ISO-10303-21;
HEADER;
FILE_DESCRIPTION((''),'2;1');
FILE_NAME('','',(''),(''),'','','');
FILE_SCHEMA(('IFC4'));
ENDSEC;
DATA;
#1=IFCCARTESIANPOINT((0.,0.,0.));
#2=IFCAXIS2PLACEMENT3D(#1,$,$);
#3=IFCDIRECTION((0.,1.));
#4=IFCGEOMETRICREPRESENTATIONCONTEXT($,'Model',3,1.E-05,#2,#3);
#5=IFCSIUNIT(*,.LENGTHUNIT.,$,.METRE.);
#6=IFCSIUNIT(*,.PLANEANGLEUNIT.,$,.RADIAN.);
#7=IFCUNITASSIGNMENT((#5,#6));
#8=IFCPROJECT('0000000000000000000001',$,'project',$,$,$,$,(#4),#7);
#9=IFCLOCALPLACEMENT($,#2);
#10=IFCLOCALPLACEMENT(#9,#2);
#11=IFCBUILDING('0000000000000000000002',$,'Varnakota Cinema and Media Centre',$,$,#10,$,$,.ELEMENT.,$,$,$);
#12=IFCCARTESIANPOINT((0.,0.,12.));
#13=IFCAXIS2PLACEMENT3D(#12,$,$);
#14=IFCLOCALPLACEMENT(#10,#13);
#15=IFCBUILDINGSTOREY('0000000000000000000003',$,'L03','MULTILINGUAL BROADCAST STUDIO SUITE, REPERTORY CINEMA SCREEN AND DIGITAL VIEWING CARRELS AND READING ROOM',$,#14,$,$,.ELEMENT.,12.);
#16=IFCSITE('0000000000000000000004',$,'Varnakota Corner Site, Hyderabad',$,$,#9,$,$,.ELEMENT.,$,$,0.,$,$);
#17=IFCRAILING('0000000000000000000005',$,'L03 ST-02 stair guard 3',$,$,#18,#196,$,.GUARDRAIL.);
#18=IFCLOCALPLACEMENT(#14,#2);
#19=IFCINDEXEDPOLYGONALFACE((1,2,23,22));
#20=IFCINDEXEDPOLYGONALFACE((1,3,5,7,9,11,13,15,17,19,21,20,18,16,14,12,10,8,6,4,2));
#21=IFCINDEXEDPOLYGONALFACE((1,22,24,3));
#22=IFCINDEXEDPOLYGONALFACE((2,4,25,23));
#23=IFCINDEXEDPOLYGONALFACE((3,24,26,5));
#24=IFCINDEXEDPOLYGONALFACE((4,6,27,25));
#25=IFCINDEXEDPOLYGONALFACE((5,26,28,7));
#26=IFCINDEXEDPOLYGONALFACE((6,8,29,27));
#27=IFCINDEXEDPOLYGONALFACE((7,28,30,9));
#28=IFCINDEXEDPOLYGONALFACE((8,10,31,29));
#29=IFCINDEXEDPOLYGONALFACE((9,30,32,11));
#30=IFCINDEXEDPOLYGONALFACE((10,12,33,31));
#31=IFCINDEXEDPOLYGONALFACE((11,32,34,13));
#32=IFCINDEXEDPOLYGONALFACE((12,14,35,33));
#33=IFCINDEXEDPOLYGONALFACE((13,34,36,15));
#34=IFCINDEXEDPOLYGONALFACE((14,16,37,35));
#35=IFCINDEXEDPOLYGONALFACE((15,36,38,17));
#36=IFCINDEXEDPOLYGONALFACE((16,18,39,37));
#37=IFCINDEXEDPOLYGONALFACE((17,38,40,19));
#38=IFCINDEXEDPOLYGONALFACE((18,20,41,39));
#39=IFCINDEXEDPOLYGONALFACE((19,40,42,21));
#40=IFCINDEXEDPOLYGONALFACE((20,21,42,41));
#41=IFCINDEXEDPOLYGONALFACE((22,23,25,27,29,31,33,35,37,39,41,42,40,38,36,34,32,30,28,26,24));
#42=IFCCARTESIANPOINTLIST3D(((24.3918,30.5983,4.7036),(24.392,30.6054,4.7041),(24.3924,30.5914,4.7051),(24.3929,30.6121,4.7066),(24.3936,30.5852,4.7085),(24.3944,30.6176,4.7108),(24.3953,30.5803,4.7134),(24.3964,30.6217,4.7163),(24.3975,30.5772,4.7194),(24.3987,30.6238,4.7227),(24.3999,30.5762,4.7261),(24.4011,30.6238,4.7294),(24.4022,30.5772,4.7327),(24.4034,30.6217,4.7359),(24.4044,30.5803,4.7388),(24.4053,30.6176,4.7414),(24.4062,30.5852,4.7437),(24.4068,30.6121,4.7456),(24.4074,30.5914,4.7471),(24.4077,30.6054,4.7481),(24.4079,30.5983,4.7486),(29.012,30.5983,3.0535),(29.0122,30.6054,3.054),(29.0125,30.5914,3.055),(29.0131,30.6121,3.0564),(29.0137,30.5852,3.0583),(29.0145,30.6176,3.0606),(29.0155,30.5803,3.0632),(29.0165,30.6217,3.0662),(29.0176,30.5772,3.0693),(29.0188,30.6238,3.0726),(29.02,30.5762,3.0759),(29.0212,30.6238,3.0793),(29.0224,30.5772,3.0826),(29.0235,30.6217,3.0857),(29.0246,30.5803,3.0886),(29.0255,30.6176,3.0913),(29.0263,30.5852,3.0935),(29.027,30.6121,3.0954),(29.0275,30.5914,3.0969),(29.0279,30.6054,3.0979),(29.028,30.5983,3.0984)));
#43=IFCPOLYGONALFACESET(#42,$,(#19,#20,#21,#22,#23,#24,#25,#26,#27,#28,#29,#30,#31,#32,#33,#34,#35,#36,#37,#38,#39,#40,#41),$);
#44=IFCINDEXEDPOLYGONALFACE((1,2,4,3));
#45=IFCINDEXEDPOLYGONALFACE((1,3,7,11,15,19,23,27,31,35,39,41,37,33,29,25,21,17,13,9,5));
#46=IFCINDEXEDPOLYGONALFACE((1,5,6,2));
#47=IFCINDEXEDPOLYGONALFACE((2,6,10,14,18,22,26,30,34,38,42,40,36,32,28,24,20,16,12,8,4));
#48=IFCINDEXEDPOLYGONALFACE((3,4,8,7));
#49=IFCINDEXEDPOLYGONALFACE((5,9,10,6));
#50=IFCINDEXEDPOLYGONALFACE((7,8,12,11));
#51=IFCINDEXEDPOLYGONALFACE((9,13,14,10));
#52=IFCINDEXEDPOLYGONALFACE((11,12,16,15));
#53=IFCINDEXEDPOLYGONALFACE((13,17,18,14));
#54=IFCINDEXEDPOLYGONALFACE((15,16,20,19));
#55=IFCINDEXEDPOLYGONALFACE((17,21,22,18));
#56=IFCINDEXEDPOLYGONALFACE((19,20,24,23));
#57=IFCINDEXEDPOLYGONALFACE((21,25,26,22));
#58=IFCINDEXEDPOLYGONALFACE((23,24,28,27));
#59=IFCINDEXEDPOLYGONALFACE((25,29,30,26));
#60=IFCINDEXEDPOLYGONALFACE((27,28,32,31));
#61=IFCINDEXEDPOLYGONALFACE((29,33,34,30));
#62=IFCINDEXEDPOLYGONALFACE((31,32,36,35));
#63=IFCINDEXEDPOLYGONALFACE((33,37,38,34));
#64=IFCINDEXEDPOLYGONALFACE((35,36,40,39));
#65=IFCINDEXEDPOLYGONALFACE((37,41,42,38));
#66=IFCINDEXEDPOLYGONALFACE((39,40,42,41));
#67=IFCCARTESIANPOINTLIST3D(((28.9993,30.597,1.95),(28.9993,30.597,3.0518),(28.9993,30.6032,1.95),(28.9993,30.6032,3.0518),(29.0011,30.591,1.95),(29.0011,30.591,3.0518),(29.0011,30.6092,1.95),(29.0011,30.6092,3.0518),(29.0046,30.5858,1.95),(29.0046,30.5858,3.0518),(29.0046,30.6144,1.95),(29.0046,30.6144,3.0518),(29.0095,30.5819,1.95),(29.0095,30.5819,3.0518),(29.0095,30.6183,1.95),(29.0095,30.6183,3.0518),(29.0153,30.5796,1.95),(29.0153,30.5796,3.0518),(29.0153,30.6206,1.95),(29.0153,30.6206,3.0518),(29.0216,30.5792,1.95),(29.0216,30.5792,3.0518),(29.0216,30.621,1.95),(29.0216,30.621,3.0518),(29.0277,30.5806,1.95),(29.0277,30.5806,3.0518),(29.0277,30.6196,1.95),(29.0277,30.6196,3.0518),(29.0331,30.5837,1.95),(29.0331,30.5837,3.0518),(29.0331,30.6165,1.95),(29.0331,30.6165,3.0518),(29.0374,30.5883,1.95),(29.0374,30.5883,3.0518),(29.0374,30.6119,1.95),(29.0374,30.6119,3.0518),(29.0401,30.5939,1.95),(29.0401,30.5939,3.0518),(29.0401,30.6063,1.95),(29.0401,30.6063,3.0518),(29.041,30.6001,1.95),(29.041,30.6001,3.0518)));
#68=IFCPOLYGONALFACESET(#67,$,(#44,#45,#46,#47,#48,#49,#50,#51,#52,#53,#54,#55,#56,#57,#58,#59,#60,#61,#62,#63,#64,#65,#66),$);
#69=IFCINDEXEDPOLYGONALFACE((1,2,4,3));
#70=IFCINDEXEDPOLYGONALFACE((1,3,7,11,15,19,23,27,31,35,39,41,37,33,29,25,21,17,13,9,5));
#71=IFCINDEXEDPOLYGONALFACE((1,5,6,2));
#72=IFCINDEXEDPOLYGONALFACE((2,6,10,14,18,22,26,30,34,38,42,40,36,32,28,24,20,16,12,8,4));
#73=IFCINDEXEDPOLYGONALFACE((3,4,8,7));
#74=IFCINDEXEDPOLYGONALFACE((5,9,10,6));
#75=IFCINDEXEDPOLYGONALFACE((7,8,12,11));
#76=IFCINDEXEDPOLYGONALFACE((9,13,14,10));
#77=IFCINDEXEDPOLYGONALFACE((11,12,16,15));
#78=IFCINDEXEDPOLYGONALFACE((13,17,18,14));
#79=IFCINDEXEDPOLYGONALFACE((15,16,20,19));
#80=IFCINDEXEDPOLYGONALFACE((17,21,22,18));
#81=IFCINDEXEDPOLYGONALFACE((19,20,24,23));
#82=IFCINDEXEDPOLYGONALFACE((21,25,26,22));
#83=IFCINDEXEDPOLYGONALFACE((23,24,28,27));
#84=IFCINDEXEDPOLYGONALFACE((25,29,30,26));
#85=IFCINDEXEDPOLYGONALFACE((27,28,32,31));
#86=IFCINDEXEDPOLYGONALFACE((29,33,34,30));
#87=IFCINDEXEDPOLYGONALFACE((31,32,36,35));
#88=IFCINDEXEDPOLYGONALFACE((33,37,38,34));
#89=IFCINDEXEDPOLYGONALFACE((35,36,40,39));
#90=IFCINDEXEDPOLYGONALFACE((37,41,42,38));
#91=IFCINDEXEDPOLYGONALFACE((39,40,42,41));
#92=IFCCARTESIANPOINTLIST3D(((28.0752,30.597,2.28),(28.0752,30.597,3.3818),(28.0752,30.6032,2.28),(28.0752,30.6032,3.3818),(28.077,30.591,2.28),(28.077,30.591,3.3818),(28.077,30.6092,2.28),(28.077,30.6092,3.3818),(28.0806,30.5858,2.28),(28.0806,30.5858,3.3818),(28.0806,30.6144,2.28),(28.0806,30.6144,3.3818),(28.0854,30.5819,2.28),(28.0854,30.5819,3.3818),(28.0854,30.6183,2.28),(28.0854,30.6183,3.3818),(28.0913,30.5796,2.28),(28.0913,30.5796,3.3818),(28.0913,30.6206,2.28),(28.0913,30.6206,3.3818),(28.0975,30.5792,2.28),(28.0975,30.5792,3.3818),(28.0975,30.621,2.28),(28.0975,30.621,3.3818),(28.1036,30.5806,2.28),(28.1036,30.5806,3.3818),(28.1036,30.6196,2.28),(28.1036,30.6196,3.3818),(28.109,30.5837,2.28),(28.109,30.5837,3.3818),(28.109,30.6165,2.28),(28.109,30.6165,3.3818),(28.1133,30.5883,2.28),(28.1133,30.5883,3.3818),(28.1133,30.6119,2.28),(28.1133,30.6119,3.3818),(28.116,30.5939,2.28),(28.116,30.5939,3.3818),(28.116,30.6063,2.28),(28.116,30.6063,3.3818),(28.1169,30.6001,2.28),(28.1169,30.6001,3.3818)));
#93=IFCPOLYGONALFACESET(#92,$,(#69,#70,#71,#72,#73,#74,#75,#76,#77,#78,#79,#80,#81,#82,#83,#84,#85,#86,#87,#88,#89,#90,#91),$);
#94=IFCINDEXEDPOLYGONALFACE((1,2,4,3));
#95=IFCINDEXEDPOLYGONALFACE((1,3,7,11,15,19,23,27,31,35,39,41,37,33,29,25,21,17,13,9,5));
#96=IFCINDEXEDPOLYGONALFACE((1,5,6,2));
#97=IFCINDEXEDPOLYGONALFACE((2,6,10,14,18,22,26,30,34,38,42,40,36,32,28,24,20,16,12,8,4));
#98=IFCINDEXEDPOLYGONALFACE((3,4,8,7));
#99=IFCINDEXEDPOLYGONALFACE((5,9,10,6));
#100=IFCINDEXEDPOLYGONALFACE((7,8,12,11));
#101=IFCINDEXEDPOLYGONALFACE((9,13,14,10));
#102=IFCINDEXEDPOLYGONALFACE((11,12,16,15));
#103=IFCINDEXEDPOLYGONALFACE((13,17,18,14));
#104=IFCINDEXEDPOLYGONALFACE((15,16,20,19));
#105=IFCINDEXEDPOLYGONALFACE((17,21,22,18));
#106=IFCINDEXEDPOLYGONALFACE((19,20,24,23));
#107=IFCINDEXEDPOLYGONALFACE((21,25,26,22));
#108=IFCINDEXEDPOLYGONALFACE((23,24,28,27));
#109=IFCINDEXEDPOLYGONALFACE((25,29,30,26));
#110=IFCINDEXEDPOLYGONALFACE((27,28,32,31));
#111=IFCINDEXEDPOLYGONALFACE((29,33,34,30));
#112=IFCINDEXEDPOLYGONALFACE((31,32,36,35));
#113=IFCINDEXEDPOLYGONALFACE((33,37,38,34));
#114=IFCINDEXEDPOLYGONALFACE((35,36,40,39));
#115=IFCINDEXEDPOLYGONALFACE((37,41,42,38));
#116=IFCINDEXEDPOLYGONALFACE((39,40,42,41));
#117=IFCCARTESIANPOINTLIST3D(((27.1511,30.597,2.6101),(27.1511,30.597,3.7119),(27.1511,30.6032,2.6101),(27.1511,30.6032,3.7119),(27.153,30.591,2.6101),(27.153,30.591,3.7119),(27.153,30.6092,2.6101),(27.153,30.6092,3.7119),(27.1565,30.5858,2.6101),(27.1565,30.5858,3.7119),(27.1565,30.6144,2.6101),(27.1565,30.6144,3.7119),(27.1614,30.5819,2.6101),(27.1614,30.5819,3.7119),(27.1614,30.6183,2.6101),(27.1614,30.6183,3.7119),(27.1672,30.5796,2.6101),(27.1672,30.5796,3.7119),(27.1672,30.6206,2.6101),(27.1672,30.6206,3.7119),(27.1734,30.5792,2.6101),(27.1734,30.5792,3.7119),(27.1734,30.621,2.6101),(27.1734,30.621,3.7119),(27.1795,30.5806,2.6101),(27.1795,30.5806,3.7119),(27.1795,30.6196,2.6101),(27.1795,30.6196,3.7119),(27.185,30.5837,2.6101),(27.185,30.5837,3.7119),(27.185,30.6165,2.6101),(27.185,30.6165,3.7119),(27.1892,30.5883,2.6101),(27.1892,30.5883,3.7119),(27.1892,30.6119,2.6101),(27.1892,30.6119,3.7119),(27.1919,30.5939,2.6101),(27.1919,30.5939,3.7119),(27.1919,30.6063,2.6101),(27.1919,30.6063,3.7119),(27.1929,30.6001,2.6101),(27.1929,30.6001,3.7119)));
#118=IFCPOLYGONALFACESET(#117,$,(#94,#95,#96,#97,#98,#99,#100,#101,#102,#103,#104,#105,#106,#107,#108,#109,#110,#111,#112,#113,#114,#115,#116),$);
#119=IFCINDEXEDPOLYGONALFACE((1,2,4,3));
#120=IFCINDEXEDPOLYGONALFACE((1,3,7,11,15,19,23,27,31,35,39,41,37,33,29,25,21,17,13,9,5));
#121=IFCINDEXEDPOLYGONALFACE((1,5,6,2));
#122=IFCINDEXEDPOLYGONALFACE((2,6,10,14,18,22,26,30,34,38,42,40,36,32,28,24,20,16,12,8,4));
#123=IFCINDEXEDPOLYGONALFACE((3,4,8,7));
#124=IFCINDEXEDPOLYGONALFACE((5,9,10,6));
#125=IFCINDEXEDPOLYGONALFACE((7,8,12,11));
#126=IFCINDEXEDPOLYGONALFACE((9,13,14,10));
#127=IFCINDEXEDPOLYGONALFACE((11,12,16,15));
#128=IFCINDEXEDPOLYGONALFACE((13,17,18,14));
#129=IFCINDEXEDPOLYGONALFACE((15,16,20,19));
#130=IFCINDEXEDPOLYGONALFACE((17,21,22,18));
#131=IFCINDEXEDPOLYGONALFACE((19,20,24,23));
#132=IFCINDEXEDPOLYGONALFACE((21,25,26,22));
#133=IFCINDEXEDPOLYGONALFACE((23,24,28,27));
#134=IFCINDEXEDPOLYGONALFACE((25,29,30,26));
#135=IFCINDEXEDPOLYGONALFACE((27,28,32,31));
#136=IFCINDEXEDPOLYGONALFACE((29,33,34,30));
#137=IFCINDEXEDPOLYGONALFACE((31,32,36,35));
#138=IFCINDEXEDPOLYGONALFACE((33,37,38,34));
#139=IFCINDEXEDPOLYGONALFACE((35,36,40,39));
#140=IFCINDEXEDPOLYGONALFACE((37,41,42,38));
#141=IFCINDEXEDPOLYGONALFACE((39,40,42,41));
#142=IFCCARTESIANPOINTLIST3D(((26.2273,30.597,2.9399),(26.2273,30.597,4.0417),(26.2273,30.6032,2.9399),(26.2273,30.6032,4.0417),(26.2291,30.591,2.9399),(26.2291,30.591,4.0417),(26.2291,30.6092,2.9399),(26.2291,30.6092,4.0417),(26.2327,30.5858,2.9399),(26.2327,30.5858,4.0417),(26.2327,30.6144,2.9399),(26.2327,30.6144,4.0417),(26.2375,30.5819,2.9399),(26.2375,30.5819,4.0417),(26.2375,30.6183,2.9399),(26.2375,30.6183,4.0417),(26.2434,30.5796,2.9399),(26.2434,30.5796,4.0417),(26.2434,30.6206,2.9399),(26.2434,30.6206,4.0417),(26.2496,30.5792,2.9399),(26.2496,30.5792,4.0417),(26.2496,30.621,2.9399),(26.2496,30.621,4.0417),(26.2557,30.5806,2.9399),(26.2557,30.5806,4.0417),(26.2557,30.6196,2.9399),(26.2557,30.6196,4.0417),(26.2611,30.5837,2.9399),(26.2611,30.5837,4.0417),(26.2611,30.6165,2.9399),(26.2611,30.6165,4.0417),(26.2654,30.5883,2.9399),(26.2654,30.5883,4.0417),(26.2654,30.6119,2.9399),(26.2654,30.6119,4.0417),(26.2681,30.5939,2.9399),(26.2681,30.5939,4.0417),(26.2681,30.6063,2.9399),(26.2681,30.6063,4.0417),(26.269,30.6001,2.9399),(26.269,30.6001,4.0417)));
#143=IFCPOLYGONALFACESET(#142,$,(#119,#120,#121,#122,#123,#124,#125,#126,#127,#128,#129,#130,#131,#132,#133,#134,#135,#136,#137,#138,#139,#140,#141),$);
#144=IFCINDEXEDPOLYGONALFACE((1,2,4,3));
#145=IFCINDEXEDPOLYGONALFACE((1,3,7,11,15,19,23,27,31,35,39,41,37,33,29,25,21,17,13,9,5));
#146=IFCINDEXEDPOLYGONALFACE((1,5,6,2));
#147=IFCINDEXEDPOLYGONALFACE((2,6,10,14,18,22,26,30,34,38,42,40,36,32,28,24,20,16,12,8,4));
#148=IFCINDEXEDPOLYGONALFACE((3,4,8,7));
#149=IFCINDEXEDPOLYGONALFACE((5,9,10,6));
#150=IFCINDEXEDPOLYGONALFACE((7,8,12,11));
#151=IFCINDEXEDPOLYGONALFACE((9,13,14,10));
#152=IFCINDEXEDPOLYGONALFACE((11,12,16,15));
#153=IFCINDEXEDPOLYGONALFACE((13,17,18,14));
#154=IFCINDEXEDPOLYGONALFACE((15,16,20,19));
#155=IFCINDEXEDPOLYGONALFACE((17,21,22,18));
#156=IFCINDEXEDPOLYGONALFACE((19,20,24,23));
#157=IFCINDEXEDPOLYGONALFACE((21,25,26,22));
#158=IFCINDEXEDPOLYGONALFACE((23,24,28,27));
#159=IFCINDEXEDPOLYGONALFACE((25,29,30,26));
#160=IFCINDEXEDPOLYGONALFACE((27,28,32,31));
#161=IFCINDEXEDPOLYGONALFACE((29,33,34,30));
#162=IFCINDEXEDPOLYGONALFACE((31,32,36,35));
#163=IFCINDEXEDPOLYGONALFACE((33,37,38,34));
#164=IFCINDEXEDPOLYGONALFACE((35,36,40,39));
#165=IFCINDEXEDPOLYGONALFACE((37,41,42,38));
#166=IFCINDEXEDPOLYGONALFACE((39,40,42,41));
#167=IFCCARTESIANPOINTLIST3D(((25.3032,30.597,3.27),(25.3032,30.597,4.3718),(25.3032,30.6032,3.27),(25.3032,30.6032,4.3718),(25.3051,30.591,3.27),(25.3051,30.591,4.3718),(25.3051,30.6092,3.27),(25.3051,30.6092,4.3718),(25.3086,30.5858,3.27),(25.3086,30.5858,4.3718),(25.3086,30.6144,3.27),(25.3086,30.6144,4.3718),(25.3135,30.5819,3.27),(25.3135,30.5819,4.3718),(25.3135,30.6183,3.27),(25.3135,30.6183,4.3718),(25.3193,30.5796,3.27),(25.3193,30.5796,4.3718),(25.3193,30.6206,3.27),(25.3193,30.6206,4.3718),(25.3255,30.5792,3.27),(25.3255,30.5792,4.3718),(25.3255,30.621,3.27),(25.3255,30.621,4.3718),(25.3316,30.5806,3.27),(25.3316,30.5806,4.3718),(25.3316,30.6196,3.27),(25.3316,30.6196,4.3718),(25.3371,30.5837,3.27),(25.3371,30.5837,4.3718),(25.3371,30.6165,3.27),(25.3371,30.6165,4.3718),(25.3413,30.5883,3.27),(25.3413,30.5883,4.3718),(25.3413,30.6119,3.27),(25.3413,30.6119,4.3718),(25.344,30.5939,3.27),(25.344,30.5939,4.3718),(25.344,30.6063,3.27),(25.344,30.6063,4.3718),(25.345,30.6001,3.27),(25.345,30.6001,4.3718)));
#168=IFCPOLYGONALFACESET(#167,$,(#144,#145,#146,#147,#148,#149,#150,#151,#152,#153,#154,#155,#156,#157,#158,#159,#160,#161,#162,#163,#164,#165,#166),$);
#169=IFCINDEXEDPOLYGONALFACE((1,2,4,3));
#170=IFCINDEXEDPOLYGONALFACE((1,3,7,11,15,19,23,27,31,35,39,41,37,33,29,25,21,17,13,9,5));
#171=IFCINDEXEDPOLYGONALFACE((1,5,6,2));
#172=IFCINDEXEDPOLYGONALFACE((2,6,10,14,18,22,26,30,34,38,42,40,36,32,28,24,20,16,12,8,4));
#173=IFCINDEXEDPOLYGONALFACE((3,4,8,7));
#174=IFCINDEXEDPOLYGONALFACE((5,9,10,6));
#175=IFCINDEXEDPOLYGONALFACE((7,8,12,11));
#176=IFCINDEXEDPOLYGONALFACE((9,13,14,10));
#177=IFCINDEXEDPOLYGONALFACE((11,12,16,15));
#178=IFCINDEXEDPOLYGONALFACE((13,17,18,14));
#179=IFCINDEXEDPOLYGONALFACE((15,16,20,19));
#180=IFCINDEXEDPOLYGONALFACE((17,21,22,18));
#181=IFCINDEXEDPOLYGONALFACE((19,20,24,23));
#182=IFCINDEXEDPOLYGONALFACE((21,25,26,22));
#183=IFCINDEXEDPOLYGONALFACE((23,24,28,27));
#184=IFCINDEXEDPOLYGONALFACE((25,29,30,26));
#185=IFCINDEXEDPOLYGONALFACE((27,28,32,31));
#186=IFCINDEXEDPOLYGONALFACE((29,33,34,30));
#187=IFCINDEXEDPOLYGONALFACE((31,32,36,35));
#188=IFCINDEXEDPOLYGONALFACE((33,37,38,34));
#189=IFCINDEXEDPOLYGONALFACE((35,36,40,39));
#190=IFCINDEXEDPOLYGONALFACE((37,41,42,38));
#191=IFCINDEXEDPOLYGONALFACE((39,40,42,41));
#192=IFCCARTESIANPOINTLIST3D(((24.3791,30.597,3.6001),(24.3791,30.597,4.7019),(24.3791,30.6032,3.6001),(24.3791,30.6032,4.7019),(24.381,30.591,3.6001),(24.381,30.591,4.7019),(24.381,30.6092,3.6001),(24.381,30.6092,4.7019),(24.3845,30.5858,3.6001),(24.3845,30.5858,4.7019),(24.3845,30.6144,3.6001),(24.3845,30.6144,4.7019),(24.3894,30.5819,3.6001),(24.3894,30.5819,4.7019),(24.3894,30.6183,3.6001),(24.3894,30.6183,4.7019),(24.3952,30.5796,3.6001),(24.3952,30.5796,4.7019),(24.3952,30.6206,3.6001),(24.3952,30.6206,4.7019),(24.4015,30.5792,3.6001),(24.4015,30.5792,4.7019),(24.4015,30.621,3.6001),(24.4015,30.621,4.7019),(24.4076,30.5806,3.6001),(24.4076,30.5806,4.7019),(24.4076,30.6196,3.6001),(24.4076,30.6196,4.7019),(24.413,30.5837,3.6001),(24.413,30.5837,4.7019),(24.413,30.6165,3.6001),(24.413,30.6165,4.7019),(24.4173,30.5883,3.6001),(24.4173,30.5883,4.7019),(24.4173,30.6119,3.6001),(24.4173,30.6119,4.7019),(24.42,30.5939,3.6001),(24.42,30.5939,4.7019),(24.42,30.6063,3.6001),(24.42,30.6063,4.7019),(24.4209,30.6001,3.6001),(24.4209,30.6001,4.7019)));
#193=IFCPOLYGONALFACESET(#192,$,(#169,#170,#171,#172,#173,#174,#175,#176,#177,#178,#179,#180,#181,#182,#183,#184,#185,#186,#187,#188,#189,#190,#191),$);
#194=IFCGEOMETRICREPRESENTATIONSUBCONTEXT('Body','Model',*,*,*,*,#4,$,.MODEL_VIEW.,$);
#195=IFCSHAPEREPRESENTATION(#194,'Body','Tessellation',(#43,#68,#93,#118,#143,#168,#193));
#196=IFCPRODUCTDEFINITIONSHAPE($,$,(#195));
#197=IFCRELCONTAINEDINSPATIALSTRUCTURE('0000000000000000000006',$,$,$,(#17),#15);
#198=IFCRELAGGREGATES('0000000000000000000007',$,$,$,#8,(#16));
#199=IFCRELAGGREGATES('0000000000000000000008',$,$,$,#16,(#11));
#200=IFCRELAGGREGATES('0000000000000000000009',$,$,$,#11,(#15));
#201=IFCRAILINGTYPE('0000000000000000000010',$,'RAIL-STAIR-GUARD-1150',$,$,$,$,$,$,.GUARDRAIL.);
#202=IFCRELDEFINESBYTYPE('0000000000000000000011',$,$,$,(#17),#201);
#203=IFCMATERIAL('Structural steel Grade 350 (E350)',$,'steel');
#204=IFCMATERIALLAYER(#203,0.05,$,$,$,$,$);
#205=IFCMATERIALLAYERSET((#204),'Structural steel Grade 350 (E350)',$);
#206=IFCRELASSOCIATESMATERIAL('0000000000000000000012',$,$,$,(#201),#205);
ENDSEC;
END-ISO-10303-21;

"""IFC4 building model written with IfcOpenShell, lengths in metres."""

from ifc_helpers import new_model, si_unit, direction, frame, origin, origin_2d, place, context, subcontext, project, spatial, circle, extrude, material, layer, layer_set, type_object, element, save


model = new_model("IFC4")

# Units and contexts
model_context = context("Model", 3, precision=1e-05, world=origin(), true_north=direction((0.0, 1.0)))
body_context = subcontext(model_context, "Body", "Model", "MODEL_VIEW")
ifc_project = project(units=[si_unit("LENGTHUNIT", "METRE"), si_unit("PLANEANGLEUNIT", "RADIAN")], contexts=[model_context])

# Site, building, storey
site_placement = place(None, origin())
site = spatial("IfcSite", under=ifc_project, at=site_placement, Name="Varnakota Corner Site, Hyderabad", CompositionType="ELEMENT", RefElevation=0.0)
building_placement = place(site_placement, origin())
building = spatial("IfcBuilding", under=site, at=building_placement, Name="Varnakota Cinema and Media Centre", CompositionType="ELEMENT")
storey_placement = place(building_placement, frame((0.0, 0.0, 12.0)))
storey = spatial("IfcBuildingStorey", under=building, at=storey_placement, Name="L03", Description="MULTILINGUAL BROADCAST STUDIO SUITE, REPERTORY CINEMA SCREEN AND DIGITAL VIEWING CARRELS AND READING ROOM", CompositionType="ELEMENT", Elevation=12.0)

# Railing
ifc_material_1 = material(Name="Structural steel Grade 350 (E350)", Category="steel")
ifc_layer_1 = layer(ifc_material_1, 0.05)
ifc_layer_set_1 = layer_set([ifc_layer_1], Name="Structural steel Grade 350 (E350)")
railing_type_1 = type_object("IfcRailingType", Name="RAIL-STAIR-GUARD-1150", PredefinedType="GUARDRAIL", material=ifc_layer_set_1)
railing_1_placement = place(storey_placement, frame((29.02, 30.6001, 1.95)))
element("IfcRailing", 1, at=railing_1_placement, inside=storey, type_object=railing_type_1, Name="L03 ST-02 stair guard 3", PredefinedType="GUARDRAIL", context=body_context, shape_type="SweptSolid", body=[
    extrude(circle(Radius=0.0239, at=origin_2d()), frame((0.0, 0.0, 1.126), z_axis=(-0.941735, 0.0, 0.336355), x_axis=(0.0, -1.0, 0.0)), (0.0, 0.0, 1.0), 4.906),
    extrude(circle(Radius=0.021, at=origin_2d()), origin(), (0.0, 0.0, 1.0), 1.1018),
    extrude(circle(Radius=0.021, at=origin_2d()), frame((-0.9241, 0.0, 0.3301)), (0.0, 0.0, 1.0), 1.1018),
    extrude(circle(Radius=0.021, at=origin_2d()), frame((-1.8481, 0.0, 0.6602)), (0.0, 0.0, 1.0), 1.1018),
    extrude(circle(Radius=0.021, at=origin_2d()), frame((-2.772, 0.0, 0.99)), (0.0, 0.0, 1.0), 1.1018),
    extrude(circle(Radius=0.021, at=origin_2d()), frame((-3.696, 0.0, 1.3201)), (0.0, 0.0, 1.0), 1.1018),
    extrude(circle(Radius=0.021, at=origin_2d()), frame((-4.6201, 0.0, 1.6501)), (0.0, 0.0, 1.0), 1.1018),
])

save(model, "model.ifc")
